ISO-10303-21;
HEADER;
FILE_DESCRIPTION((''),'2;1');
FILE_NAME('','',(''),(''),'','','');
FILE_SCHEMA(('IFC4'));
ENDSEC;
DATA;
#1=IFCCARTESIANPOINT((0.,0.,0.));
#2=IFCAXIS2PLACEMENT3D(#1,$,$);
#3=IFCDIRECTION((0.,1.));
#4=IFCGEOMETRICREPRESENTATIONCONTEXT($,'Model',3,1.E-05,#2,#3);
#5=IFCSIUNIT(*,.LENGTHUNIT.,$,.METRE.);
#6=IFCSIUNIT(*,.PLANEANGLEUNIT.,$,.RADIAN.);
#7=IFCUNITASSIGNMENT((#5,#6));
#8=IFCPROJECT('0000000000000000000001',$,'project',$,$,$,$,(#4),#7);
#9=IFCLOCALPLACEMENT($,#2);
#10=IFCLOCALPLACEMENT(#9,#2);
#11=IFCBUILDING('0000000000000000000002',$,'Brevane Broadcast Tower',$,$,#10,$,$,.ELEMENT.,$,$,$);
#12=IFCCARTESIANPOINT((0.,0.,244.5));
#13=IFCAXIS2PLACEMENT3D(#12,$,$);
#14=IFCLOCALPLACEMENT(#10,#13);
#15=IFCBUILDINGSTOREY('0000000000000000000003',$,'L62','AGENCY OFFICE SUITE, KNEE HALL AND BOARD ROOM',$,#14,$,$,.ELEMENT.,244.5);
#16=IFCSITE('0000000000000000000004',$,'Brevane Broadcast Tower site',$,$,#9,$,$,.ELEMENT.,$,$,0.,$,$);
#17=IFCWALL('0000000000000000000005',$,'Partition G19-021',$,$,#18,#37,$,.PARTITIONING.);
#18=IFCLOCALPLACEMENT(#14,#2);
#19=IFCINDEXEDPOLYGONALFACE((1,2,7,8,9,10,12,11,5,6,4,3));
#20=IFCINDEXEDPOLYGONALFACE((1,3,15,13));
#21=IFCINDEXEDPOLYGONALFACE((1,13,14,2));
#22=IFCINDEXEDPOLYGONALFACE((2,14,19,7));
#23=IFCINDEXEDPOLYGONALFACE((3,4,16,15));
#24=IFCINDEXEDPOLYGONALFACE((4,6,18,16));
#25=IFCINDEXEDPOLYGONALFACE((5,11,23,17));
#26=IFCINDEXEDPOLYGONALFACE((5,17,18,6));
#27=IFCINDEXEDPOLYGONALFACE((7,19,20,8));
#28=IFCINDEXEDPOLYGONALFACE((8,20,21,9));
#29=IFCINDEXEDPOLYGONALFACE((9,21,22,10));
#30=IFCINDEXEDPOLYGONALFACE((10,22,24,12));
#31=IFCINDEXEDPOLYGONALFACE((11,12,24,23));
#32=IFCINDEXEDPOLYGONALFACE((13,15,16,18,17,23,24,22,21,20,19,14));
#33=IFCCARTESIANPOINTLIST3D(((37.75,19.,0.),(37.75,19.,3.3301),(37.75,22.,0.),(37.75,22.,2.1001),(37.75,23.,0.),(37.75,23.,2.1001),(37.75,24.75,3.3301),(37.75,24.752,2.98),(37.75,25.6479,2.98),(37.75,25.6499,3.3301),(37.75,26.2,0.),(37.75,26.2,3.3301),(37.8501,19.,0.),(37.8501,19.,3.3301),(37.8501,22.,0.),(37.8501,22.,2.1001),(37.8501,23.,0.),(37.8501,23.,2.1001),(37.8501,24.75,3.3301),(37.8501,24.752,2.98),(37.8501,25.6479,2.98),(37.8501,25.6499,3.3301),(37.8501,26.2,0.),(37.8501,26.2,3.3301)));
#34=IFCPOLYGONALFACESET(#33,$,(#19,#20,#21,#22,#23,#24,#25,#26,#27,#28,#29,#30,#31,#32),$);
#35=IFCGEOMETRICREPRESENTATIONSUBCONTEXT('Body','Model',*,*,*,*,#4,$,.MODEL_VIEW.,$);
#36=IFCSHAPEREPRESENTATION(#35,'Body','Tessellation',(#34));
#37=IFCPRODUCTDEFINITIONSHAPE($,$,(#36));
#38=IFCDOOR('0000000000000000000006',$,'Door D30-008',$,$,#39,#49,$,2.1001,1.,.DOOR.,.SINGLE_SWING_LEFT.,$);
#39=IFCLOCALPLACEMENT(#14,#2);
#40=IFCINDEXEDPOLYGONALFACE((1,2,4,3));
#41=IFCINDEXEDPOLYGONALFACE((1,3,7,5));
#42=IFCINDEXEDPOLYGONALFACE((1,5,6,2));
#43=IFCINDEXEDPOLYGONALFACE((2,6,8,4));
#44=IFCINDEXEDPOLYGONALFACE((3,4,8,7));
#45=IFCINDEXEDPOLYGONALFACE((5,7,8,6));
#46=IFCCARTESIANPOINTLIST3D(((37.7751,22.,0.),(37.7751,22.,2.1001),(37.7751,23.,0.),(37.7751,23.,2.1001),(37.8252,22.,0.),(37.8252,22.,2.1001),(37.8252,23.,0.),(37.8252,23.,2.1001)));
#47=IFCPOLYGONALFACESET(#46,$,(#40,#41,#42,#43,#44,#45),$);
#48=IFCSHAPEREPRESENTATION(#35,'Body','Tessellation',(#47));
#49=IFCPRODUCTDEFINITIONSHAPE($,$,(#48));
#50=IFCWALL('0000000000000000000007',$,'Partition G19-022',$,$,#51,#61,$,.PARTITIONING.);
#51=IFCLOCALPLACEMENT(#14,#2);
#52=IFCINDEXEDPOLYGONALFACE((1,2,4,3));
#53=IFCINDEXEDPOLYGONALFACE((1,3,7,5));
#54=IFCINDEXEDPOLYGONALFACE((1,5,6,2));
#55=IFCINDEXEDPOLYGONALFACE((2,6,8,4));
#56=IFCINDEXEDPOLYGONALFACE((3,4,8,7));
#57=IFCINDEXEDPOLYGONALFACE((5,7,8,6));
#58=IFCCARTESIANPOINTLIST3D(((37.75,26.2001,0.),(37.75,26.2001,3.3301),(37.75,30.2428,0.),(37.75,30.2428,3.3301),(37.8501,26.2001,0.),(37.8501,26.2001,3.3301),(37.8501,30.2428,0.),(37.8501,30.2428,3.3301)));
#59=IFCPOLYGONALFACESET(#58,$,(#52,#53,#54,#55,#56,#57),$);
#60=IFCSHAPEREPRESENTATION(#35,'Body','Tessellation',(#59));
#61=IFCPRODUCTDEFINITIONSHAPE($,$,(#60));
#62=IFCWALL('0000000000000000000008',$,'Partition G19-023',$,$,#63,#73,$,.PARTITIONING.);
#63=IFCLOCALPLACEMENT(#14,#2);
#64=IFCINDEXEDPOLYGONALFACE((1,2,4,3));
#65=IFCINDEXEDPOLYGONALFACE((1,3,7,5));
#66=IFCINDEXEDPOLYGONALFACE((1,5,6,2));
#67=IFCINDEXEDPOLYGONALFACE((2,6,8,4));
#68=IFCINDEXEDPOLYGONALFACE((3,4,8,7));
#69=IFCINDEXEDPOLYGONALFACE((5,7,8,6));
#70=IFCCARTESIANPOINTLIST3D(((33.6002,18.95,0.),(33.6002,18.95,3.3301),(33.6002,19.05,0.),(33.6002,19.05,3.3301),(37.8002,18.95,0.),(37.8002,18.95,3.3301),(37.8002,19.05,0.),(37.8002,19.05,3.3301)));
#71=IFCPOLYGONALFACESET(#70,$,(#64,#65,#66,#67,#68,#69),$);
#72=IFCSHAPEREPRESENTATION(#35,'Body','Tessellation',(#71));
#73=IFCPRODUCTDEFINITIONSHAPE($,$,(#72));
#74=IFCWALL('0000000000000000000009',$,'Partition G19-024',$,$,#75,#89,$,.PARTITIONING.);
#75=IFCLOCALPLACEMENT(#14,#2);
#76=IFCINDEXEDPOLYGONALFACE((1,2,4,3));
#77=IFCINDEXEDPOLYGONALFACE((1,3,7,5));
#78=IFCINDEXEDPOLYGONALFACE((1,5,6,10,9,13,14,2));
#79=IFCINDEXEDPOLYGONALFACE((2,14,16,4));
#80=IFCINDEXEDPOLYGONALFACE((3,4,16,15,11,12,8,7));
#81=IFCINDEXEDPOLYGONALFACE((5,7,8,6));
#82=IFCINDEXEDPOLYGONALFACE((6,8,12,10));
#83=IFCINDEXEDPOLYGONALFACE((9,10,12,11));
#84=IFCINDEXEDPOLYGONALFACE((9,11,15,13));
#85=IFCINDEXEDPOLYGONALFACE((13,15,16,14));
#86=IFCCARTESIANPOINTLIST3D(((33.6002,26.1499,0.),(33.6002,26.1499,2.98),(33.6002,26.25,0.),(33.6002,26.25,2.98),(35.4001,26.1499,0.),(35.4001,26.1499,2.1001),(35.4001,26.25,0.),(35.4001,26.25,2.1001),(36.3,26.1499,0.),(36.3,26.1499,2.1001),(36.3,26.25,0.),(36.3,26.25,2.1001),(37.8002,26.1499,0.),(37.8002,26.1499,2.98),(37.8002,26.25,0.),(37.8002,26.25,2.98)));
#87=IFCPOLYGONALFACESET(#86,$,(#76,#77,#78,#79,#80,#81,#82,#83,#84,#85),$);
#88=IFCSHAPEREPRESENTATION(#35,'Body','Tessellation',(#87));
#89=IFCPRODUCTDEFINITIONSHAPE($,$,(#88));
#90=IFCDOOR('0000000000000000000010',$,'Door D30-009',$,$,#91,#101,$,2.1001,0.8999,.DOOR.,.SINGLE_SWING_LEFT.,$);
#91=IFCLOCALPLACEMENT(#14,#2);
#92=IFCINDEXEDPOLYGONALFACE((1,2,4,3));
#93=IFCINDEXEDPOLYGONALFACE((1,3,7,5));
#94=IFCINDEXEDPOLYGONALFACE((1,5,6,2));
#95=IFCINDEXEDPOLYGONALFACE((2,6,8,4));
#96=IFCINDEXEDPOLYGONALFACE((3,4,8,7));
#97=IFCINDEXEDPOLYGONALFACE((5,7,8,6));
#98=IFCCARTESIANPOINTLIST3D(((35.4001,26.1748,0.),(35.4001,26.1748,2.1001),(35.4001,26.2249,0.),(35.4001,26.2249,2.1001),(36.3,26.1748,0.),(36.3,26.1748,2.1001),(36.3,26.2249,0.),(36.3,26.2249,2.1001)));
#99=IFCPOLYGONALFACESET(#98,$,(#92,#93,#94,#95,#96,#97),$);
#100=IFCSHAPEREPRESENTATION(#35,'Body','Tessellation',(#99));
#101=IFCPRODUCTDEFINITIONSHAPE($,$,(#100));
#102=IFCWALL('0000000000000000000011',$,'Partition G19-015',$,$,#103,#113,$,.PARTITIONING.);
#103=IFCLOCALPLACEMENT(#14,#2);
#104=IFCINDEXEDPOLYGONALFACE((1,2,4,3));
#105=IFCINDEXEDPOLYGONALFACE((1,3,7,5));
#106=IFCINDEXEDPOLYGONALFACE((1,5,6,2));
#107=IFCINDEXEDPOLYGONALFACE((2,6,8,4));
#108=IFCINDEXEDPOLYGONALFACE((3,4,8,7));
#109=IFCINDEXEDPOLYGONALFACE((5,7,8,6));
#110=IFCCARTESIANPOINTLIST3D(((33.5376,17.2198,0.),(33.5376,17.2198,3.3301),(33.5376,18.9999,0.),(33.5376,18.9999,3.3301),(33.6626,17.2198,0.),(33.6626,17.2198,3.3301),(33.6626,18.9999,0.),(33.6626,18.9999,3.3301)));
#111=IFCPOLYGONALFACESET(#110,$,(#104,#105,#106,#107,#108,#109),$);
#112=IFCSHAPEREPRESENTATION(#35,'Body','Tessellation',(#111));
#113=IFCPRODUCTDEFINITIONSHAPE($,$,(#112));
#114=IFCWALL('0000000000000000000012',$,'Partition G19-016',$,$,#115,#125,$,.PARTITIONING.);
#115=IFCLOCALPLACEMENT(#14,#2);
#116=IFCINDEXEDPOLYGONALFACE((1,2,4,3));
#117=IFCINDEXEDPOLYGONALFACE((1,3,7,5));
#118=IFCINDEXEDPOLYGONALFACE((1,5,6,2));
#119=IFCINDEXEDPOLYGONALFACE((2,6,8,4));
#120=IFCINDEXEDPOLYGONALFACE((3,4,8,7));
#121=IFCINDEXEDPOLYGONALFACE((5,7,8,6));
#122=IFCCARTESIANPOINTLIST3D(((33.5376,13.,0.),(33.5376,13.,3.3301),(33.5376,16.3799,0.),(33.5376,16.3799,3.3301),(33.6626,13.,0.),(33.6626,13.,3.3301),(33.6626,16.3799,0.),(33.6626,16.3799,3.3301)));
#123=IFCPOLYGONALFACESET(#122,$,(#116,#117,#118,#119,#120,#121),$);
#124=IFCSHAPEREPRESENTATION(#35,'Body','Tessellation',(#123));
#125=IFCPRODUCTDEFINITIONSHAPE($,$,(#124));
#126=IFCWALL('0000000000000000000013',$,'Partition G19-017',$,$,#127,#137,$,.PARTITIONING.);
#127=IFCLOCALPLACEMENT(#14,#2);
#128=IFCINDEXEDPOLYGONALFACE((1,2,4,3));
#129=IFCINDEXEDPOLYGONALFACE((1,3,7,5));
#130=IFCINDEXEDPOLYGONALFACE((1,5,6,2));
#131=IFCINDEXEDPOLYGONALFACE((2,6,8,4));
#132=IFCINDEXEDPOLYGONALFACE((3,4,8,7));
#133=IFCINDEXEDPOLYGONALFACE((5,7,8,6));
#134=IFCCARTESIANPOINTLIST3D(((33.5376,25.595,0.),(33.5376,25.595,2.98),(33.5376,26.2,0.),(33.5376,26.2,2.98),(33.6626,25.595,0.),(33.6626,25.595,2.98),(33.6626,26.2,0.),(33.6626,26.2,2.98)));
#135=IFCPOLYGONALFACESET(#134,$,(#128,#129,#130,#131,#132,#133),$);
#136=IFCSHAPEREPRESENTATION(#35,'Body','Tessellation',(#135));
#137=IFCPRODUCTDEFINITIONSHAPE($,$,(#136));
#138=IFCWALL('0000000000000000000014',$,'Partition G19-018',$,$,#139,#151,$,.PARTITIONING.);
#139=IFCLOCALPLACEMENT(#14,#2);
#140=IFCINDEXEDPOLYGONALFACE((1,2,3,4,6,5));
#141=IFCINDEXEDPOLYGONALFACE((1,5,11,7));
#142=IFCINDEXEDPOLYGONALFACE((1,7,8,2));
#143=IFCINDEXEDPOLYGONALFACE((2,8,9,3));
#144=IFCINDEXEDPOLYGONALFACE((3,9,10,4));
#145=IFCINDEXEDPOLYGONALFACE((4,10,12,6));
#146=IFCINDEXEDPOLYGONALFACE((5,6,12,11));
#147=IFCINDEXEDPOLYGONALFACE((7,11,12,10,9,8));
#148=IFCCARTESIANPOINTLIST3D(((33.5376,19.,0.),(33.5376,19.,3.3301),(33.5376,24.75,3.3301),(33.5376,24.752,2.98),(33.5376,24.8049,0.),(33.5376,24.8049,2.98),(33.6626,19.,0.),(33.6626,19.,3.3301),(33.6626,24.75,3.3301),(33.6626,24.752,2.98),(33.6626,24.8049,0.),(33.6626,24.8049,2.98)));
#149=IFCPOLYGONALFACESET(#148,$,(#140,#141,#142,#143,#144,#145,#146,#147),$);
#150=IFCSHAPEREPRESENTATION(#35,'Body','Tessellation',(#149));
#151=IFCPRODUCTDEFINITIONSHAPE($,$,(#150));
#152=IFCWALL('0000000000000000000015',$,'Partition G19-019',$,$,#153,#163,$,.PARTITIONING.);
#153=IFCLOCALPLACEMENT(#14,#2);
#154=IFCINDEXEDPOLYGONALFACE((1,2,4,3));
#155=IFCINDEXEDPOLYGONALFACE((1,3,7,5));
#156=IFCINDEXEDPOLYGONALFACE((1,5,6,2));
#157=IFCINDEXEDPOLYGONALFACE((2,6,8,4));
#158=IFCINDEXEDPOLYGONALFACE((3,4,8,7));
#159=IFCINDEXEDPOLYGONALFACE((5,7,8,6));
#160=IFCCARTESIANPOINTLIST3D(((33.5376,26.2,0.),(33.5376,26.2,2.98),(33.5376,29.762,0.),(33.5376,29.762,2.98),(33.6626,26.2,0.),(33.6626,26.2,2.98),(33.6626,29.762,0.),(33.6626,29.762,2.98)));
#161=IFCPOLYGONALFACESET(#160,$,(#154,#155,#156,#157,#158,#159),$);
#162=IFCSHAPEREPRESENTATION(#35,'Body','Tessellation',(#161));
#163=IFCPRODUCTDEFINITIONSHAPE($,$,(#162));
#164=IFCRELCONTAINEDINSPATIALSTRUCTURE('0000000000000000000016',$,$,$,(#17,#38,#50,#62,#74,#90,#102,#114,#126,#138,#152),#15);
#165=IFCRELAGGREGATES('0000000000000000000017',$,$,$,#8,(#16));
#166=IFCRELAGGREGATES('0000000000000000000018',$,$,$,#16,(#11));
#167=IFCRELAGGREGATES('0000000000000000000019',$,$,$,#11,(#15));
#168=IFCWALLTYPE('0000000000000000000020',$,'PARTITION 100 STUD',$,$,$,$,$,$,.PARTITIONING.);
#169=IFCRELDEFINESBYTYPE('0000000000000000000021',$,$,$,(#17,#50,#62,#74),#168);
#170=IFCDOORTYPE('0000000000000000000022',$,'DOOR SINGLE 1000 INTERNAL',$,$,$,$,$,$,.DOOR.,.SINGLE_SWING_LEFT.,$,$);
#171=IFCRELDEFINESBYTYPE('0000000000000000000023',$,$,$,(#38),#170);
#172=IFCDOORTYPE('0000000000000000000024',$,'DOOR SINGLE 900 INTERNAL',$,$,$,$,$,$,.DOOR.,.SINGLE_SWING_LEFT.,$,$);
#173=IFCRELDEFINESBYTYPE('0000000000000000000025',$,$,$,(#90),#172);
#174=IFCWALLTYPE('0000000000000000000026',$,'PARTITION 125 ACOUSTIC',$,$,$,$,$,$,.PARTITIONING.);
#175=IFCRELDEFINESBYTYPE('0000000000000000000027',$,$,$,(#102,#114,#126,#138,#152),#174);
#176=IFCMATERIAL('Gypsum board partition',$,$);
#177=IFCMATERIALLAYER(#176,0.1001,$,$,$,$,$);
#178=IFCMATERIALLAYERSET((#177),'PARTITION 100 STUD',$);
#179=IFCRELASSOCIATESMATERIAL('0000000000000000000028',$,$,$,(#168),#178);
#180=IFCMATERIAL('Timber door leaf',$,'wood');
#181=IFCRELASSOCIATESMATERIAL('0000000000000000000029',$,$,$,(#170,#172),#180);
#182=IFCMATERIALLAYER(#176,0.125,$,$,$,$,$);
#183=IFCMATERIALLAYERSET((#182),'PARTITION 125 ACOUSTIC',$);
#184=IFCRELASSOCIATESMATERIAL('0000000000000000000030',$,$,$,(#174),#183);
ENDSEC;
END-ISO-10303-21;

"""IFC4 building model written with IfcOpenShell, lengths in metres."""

from ifc_helpers import new_model, si_unit, direction, frame, frame_2d, origin, place, context, subcontext, project, spatial, polyline, rectangle, outline, extrude, material, layer, layer_set, type_object, element, fill, save


model = new_model("IFC4")

# Units and contexts
model_context = context("Model", 3, precision=1e-05, world=origin(), true_north=direction((0.0, 1.0)))
body_context = subcontext(model_context, "Body", "Model", "MODEL_VIEW")
ifc_project = project(units=[si_unit("LENGTHUNIT", "METRE"), si_unit("PLANEANGLEUNIT", "RADIAN")], contexts=[model_context])

# Site, building, storey
site_placement = place(None, origin())
site = spatial("IfcSite", under=ifc_project, at=site_placement, Name="Brevane Broadcast Tower site", CompositionType="ELEMENT", RefElevation=0.0)
building_placement = place(site_placement, origin())
building = spatial("IfcBuilding", under=site, at=building_placement, Name="Brevane Broadcast Tower", CompositionType="ELEMENT")
storey_placement = place(building_placement, frame((0.0, 0.0, 244.5)))
storey = spatial("IfcBuildingStorey", under=building, at=storey_placement, Name="L62", Description="AGENCY OFFICE SUITE, KNEE HALL AND BOARD ROOM", CompositionType="ELEMENT", Elevation=244.5)

# Wall, opening, door
ifc_material_1 = material(Name="Gypsum board partition")
ifc_layer_1 = layer(ifc_material_1, 0.1001)
ifc_layer_set_1 = layer_set([ifc_layer_1], Name="PARTITION 100 STUD")
wall_type_1 = type_object("IfcWallType", Name="PARTITION 100 STUD", PredefinedType="PARTITIONING", material=ifc_layer_set_1)
wall_1_placement = place(storey_placement, frame((37.8, 19.0, 0.0), z_axis=(0.0, 0.0, 1.0), x_axis=(0.0, 1.0, 0.0)))
wall_1 = element("IfcWall", 1, at=wall_1_placement, inside=storey, type_object=wall_type_1, Name="Partition G19-021", PredefinedType="PARTITIONING", context=body_context, shape_type="SweptSolid", body=[
    extrude(outline(polyline([(0.0, 0.0), (7.2, 0.0), (7.2, 3.3301), (6.6499, 3.3301), (6.6479, 2.98), (5.752, 2.98), (5.75, 3.3301), (0.0, 3.3301), (0.0, 0.0)])), frame((0.0, 0.05, 0.0), z_axis=(0.0, -1.0, 0.0), x_axis=(1.0, 0.0, 0.0)), (0.0, 0.0, 1.0), 0.1001),
])
opening_1_placement = place(wall_1_placement, frame((3.0, 0.0, 0.0)))
opening_1 = element("IfcOpeningElement", 2, at=opening_1_placement, cuts=wall_1, PredefinedType="OPENING", context=body_context, shape_type="SweptSolid", body=[
    extrude(rectangle(XDim=1.0, YDim=2.1001, at=frame_2d((0.5, 1.05))), frame((0.0, 0.0601, 0.0), z_axis=(0.0, -1.0, 0.0), x_axis=(1.0, 0.0, 0.0)), (0.0, 0.0, 1.0), 0.1201),
])
ifc_material_2 = material(Name="Timber door leaf", Category="wood")
door_type_1 = type_object("IfcDoorType", Name="DOOR SINGLE 1000 INTERNAL", OperationType="SINGLE_SWING_LEFT", PredefinedType="DOOR", material=ifc_material_2)
door_1_placement = place(opening_1_placement, origin())
door_1 = element("IfcDoor", 3, at=door_1_placement, inside=storey, type_object=door_type_1, Name="Door D30-008", OperationType="SINGLE_SWING_LEFT", OverallHeight=2.1001, OverallWidth=1.0, PredefinedType="DOOR", context=body_context, shape_type="SweptSolid", body=[
    extrude(rectangle(XDim=1.0, YDim=2.1001, at=frame_2d((0.5, 1.05))), frame((0.0, 0.0249, 0.0), z_axis=(0.0, -1.0, 0.0), x_axis=(1.0, 0.0, 0.0)), (0.0, 0.0, 1.0), 0.05),
])
fill(opening_1, door_1)

# Walls
wall_2_placement = place(storey_placement, frame((37.8, 26.2, 0.0), z_axis=(0.0, 0.0, 1.0), x_axis=(0.0, 1.0, 0.0)))
element("IfcWall", 4, at=wall_2_placement, inside=storey, type_object=wall_type_1, Name="Partition G19-022", PredefinedType="PARTITIONING", context=body_context, shape_type="SweptSolid", body=[
    extrude(rectangle(XDim=4.0427, YDim=0.1001, at=frame_2d((2.0215, 0.0))), origin(), (0.0, 0.0, 1.0), 3.3301),
])
wall_3_placement = place(storey_placement, frame((33.6001, 19.0, 0.0), z_axis=(0.0, 0.0, 1.0), x_axis=(1.0, 0.0, 0.0)))
element("IfcWall", 5, at=wall_3_placement, inside=storey, type_object=wall_type_1, Name="Partition G19-023", PredefinedType="PARTITIONING", context=body_context, shape_type="SweptSolid", body=[
    extrude(rectangle(XDim=4.2, YDim=0.1001, at=frame_2d((2.1001, 0.0))), origin(), (0.0, 0.0, 1.0), 3.3301),
])

# Wall, opening, door
wall_4_placement = place(storey_placement, frame((33.6001, 26.2, 0.0), z_axis=(0.0, 0.0, 1.0), x_axis=(1.0, 0.0, 0.0)))
wall_4 = element("IfcWall", 6, at=wall_4_placement, inside=storey, type_object=wall_type_1, Name="Partition G19-024", PredefinedType="PARTITIONING", context=body_context, shape_type="SweptSolid", body=[
    extrude(rectangle(XDim=4.2, YDim=0.1001, at=frame_2d((2.1001, 0.0))), origin(), (0.0, 0.0, 1.0), 2.98),
])
opening_2_placement = place(wall_4_placement, frame((1.8, 0.0, 0.0)))
opening_2 = element("IfcOpeningElement", 7, at=opening_2_placement, cuts=wall_4, PredefinedType="OPENING", context=body_context, shape_type="SweptSolid", body=[
    extrude(rectangle(XDim=0.8999, YDim=2.1001, at=frame_2d((0.45, 1.05))), frame((0.0, 0.0601, 0.0), z_axis=(0.0, -1.0, 0.0), x_axis=(1.0, 0.0, 0.0)), (0.0, 0.0, 1.0), 0.1201),
])
door_type_2 = type_object("IfcDoorType", Name="DOOR SINGLE 900 INTERNAL", OperationType="SINGLE_SWING_LEFT", PredefinedType="DOOR", material=ifc_material_2)
door_2_placement = place(opening_2_placement, origin())
door_2 = element("IfcDoor", 8, at=door_2_placement, inside=storey, type_object=door_type_2, Name="Door D30-009", OperationType="SINGLE_SWING_LEFT", OverallHeight=2.1001, OverallWidth=0.8999, PredefinedType="DOOR", context=body_context, shape_type="SweptSolid", body=[
    extrude(rectangle(XDim=0.8999, YDim=2.1001, at=frame_2d((0.45, 1.05))), frame((0.0, 0.0249, 0.0), z_axis=(0.0, -1.0, 0.0), x_axis=(1.0, 0.0, 0.0)), (0.0, 0.0, 1.0), 0.05),
])
fill(opening_2, door_2)

# Walls
ifc_layer_2 = layer(ifc_material_1, 0.125)
ifc_layer_set_2 = layer_set([ifc_layer_2], Name="PARTITION 125 ACOUSTIC")
wall_type_2 = type_object("IfcWallType", Name="PARTITION 125 ACOUSTIC", PredefinedType="PARTITIONING", material=ifc_layer_set_2)
wall_5_placement = place(storey_placement, frame((33.6001, 19.0, 0.0), z_axis=(0.0, 0.0, 1.0), x_axis=(0.0, -1.0, 0.0)))
element("IfcWall", 9, at=wall_5_placement, inside=storey, type_object=wall_type_2, Name="Partition G19-015", PredefinedType="PARTITIONING", context=body_context, shape_type="SweptSolid", body=[
    extrude(rectangle(XDim=1.78, YDim=0.125, at=frame_2d((0.8901, 0.0))), origin(), (0.0, 0.0, 1.0), 3.3301),
])
wall_6_placement = place(storey_placement, frame((33.6001, 16.3799, 0.0), z_axis=(0.0, 0.0, 1.0), x_axis=(0.0, -1.0, 0.0)))
element("IfcWall", 10, at=wall_6_placement, inside=storey, type_object=wall_type_2, Name="Partition G19-016", PredefinedType="PARTITIONING", context=body_context, shape_type="SweptSolid", body=[
    extrude(rectangle(XDim=3.3799, YDim=0.125, at=frame_2d((1.6899, 0.0))), origin(), (0.0, 0.0, 1.0), 3.3301),
])
wall_7_placement = place(storey_placement, frame((33.6001, 26.2, 0.0), z_axis=(0.0, 0.0, 1.0), x_axis=(0.0, -1.0, 0.0)))
element("IfcWall", 11, at=wall_7_placement, inside=storey, type_object=wall_type_2, Name="Partition G19-017", PredefinedType="PARTITIONING", context=body_context, shape_type="SweptSolid", body=[
    extrude(rectangle(XDim=0.605, YDim=0.125, at=frame_2d((0.3025, 0.0))), origin(), (0.0, 0.0, 1.0), 2.98),
])
wall_8_placement = place(storey_placement, frame((33.6001, 24.8049, 0.0), z_axis=(0.0, 0.0, 1.0), x_axis=(0.0, -1.0, 0.0)))
element("IfcWall", 12, at=wall_8_placement, inside=storey, type_object=wall_type_2, Name="Partition G19-018", PredefinedType="PARTITIONING", context=body_context, shape_type="SweptSolid", body=[
    extrude(outline(polyline([(0.0, 0.0), (5.8049, 0.0), (5.8049, 3.3301), (0.0549, 3.3301), (0.053, 2.98), (0.0, 2.98), (0.0, 0.0)])), frame((0.0, 0.0625, 0.0), z_axis=(0.0, -1.0, 0.0), x_axis=(1.0, 0.0, 0.0)), (0.0, 0.0, 1.0), 0.125),
])
wall_9_placement = place(storey_placement, frame((33.6001, 29.762, 0.0), z_axis=(0.0, 0.0, 1.0), x_axis=(0.0, -1.0, 0.0)))
element("IfcWall", 13, at=wall_9_placement, inside=storey, type_object=wall_type_2, Name="Partition G19-019", PredefinedType="PARTITIONING", context=body_context, shape_type="SweptSolid", body=[
    extrude(rectangle(XDim=3.562, YDim=0.125, at=frame_2d((1.781, 0.0))), origin(), (0.0, 0.0, 1.0), 2.98),
])

save(model, "model.ifc")
